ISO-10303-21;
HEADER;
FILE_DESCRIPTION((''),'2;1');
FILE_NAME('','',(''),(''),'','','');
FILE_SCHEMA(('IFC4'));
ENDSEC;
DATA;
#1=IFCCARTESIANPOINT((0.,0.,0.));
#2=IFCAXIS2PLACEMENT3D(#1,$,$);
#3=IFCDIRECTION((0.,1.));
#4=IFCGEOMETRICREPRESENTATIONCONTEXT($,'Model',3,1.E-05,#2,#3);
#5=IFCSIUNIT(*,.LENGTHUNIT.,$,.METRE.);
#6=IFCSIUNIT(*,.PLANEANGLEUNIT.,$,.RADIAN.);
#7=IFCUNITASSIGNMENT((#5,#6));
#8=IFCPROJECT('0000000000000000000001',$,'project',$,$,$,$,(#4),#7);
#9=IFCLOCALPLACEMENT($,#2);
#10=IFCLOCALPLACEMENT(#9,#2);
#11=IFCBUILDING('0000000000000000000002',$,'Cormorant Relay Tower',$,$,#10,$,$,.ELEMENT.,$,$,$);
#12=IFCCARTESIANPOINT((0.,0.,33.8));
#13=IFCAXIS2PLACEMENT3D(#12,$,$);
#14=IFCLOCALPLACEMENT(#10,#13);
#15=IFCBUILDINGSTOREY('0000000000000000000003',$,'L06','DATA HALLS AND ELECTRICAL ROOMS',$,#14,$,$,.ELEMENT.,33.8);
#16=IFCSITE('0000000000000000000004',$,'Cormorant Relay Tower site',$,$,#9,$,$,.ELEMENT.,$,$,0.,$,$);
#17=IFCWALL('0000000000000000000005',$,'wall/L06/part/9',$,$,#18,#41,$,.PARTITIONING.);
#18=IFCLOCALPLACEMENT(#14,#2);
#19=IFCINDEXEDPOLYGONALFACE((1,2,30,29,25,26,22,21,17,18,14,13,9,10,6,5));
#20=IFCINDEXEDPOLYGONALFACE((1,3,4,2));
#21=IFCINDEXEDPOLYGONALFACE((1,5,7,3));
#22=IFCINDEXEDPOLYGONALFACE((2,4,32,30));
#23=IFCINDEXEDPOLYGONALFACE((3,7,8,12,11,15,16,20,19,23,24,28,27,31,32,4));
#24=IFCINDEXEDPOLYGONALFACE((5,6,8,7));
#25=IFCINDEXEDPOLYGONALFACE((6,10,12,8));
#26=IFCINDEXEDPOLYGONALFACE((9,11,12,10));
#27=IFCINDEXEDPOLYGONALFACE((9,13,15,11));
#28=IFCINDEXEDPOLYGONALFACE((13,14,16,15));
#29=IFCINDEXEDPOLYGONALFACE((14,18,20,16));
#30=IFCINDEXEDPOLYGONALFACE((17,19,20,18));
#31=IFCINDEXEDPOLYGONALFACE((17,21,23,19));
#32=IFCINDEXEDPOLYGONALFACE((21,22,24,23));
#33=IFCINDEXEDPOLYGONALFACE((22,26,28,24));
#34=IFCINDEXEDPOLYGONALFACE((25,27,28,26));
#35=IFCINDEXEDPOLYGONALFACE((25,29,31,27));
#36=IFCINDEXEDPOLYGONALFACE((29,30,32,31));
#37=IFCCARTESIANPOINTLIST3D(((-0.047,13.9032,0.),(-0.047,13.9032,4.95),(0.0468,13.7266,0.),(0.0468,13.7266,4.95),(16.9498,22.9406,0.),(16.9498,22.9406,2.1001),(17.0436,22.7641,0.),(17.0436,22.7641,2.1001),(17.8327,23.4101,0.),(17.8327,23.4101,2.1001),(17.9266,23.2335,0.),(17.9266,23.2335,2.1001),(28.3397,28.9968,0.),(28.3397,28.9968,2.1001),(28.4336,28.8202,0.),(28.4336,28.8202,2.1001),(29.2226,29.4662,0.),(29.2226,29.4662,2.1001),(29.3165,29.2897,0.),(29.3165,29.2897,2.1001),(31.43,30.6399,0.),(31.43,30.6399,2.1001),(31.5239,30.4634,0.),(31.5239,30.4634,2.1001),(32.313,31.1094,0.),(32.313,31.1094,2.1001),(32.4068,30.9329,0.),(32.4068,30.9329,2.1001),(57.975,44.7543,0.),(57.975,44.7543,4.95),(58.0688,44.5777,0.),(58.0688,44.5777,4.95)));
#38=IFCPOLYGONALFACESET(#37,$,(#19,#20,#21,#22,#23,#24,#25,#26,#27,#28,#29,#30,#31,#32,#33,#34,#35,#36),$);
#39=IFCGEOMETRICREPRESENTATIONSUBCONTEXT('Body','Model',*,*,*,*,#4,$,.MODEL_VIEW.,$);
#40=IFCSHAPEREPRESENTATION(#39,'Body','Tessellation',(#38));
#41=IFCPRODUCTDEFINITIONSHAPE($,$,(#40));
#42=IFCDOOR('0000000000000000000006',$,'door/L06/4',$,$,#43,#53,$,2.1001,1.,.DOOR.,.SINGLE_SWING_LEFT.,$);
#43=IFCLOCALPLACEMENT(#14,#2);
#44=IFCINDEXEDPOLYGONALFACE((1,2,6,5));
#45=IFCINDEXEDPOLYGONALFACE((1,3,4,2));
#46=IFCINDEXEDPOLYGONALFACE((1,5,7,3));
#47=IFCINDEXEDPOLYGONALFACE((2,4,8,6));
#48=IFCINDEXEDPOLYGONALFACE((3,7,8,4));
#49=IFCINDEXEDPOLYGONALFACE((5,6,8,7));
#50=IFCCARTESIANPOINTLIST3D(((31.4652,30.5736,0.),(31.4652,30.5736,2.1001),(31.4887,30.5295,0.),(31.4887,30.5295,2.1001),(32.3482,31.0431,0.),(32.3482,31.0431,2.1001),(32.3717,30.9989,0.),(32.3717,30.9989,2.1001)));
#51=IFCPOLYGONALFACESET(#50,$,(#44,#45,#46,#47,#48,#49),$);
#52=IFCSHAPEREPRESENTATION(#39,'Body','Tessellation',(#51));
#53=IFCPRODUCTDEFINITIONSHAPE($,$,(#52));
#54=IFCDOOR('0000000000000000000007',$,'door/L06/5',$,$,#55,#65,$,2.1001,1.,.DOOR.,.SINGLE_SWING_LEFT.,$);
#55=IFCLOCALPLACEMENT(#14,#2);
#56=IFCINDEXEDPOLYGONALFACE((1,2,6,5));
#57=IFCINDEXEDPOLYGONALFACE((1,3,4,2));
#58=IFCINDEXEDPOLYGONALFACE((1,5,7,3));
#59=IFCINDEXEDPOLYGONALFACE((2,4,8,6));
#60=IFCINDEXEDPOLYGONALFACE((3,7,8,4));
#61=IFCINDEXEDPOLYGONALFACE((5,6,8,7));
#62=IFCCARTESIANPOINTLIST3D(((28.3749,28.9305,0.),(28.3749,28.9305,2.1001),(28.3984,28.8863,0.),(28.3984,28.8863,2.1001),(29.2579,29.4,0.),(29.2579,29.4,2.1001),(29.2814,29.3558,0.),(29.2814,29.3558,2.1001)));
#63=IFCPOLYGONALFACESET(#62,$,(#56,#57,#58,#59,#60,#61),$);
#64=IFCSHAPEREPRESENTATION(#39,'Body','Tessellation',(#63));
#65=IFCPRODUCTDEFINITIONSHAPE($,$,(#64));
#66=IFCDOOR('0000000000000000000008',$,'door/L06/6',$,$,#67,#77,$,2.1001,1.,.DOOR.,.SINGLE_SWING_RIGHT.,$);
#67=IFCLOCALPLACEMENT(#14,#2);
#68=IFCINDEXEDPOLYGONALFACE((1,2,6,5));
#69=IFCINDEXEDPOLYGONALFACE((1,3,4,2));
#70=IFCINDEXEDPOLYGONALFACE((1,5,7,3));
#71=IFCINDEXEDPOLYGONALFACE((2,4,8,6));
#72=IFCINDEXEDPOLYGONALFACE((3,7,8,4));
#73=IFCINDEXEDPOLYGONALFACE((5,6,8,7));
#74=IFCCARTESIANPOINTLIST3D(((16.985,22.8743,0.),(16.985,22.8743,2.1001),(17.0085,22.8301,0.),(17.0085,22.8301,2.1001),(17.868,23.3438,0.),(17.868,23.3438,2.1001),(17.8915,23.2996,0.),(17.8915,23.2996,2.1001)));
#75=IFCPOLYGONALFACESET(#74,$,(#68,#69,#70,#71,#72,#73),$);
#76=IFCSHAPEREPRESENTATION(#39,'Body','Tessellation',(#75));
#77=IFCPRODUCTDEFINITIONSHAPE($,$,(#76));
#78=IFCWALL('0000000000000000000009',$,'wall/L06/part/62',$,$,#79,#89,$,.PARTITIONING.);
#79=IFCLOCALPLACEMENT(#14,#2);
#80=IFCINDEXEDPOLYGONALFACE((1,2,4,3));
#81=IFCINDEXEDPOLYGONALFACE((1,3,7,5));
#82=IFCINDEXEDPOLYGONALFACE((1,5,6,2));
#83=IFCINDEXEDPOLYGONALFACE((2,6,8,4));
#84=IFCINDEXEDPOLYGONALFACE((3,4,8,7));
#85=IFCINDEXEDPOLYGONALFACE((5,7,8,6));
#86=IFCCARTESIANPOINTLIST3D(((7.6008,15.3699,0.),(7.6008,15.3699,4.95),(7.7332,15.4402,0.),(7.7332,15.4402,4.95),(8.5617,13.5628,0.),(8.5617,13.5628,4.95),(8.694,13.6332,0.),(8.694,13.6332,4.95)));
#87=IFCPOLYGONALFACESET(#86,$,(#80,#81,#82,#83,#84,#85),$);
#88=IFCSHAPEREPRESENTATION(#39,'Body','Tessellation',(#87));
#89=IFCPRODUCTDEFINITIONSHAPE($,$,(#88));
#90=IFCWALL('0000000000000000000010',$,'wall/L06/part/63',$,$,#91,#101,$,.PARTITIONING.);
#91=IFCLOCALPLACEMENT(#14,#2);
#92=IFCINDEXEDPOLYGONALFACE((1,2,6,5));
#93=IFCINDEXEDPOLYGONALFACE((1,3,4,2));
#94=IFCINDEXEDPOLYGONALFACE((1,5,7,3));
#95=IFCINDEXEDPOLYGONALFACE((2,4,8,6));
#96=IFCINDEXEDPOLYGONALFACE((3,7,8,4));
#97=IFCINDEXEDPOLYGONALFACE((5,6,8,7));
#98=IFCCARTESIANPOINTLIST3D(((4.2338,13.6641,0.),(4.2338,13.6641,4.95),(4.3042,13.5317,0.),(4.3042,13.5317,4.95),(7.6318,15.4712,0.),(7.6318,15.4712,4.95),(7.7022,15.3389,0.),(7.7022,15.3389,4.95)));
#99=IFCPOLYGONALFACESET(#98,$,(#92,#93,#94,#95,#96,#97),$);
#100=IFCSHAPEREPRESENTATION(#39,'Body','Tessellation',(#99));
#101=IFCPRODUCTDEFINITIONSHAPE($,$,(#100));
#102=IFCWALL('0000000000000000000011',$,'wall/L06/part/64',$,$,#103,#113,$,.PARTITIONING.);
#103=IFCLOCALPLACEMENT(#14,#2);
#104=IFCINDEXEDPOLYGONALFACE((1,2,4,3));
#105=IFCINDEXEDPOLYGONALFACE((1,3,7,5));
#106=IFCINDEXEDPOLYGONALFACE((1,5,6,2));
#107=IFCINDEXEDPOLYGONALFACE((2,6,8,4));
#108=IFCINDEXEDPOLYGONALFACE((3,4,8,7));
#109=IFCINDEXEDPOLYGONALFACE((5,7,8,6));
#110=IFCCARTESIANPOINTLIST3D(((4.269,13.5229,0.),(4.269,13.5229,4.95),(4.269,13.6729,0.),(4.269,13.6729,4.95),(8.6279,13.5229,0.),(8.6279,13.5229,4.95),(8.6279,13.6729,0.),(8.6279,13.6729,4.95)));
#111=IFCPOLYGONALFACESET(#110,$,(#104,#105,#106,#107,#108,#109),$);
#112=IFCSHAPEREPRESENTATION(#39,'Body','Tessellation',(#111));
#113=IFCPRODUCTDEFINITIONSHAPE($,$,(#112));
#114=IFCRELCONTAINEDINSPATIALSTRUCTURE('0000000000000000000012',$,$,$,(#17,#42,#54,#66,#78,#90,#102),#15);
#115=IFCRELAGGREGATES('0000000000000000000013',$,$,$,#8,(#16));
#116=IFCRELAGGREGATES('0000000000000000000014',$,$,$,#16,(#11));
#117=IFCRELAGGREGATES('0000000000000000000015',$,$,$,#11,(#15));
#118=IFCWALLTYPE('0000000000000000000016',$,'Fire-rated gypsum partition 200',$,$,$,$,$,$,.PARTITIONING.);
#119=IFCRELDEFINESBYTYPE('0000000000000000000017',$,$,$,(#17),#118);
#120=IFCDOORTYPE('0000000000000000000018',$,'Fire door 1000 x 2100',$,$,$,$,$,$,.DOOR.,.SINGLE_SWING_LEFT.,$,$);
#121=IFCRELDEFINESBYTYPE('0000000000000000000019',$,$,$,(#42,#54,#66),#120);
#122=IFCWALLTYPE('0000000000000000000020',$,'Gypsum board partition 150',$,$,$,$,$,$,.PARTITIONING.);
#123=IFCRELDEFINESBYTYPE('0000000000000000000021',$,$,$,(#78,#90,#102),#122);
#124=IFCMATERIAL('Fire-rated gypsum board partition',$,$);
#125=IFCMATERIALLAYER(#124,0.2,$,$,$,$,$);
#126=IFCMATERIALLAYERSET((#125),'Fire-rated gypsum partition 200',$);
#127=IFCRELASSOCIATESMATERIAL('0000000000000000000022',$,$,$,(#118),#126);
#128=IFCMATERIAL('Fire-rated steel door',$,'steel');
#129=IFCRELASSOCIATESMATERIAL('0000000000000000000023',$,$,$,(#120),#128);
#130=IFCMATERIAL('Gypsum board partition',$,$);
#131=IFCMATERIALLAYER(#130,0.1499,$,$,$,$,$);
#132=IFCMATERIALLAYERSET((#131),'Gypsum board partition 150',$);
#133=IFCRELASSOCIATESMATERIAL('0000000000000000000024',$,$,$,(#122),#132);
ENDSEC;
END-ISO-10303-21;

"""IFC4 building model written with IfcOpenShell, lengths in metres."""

from ifc_helpers import new_model, si_unit, direction, frame, frame_2d, origin, place, context, subcontext, project, spatial, rectangle, extrude, material, layer, layer_set, type_object, element, fill, save


model = new_model("IFC4")

# Units and contexts
model_context = context("Model", 3, precision=1e-05, world=origin(), true_north=direction((0.0, 1.0)))
body_context = subcontext(model_context, "Body", "Model", "MODEL_VIEW")
ifc_project = project(units=[si_unit("LENGTHUNIT", "METRE"), si_unit("PLANEANGLEUNIT", "RADIAN")], contexts=[model_context])

# Site, building, storey
site_placement = place(None, origin())
site = spatial("IfcSite", under=ifc_project, at=site_placement, Name="Cormorant Relay Tower site", CompositionType="ELEMENT", RefElevation=0.0)
building_placement = place(site_placement, origin())
building = spatial("IfcBuilding", under=site, at=building_placement, Name="Cormorant Relay Tower", CompositionType="ELEMENT")
storey_placement = place(building_placement, frame((0.0, 0.0, 33.8)))
storey = spatial("IfcBuildingStorey", under=building, at=storey_placement, Name="L06", Description="DATA HALLS AND ELECTRICAL ROOMS", CompositionType="ELEMENT", Elevation=33.8)

# Wall, openings, doors
ifc_material_1 = material(Name="Fire-rated gypsum board partition")
ifc_layer_1 = layer(ifc_material_1, 0.2)
ifc_layer_set_1 = layer_set([ifc_layer_1], Name="Fire-rated gypsum partition 200")
wall_type_1 = type_object("IfcWallType", Name="Fire-rated gypsum partition 200", PredefinedType="PARTITIONING", material=ifc_layer_set_1)
wall_1_placement = place(storey_placement, frame((0.0, 13.8149, 0.0), z_axis=(0.0, 0.0, 1.0), x_axis=(0.882946, 0.469474, 0.0)))
wall_1 = element("IfcWall", 1, at=wall_1_placement, inside=storey, type_object=wall_type_1, Name="wall/L06/part/9", PredefinedType="PARTITIONING", context=body_context, shape_type="SweptSolid", body=[
    extrude(rectangle(XDim=65.7141, YDim=0.2, at=frame_2d((32.8569, 0.0))), origin(), (0.0, 0.0, 1.0), 4.95),
])
opening_1_placement = place(wall_1_placement, frame((35.6499, 0.0, 0.0)))
opening_1 = element("IfcOpeningElement", 2, at=opening_1_placement, cuts=wall_1, PredefinedType="OPENING", context=body_context, shape_type="SweptSolid", body=[
    extrude(rectangle(XDim=1.0, YDim=2.1001, at=frame_2d((0.5, 1.05))), frame((0.0, 0.1099, 0.0), z_axis=(0.0, -1.0, 0.0), x_axis=(1.0, 0.0, 0.0)), (0.0, 0.0, 1.0), 0.22),
])
opening_2_placement = place(wall_1_placement, frame((32.1499, 0.0, 0.0)))
opening_2 = element("IfcOpeningElement", 3, at=opening_2_placement, cuts=wall_1, PredefinedType="OPENING", context=body_context, shape_type="SweptSolid", body=[
    extrude(rectangle(XDim=1.0, YDim=2.1001, at=frame_2d((0.5, 1.05))), frame((0.0, 0.1099, 0.0), z_axis=(0.0, -1.0, 0.0), x_axis=(1.0, 0.0, 0.0)), (0.0, 0.0, 1.0), 0.22),
])
opening_3_placement = place(wall_1_placement, frame((19.25, 0.0, 0.0)))
opening_3 = element("IfcOpeningElement", 4, at=opening_3_placement, cuts=wall_1, PredefinedType="OPENING", context=body_context, shape_type="SweptSolid", body=[
    extrude(rectangle(XDim=1.0, YDim=2.1001, at=frame_2d((0.5, 1.05))), frame((0.0, 0.1099, 0.0), z_axis=(0.0, -1.0, 0.0), x_axis=(1.0, 0.0, 0.0)), (0.0, 0.0, 1.0), 0.22),
])
ifc_material_2 = material(Name="Fire-rated steel door", Category="steel")
door_type_1 = type_object("IfcDoorType", Name="Fire door 1000 x 2100", OperationType="SINGLE_SWING_LEFT", PredefinedType="DOOR", material=ifc_material_2)
door_1_placement = place(opening_1_placement, origin())
door_1 = element("IfcDoor", 5, at=door_1_placement, inside=storey, type_object=door_type_1, Name="door/L06/4", OperationType="SINGLE_SWING_LEFT", OverallHeight=2.1001, OverallWidth=1.0, PredefinedType="DOOR", context=body_context, shape_type="SweptSolid", body=[
    extrude(rectangle(XDim=1.0, YDim=2.1001, at=frame_2d((0.5, 1.05))), frame((0.0, 0.0249, 0.0), z_axis=(0.0, -1.0, 0.0), x_axis=(1.0, 0.0, 0.0)), (0.0, 0.0, 1.0), 0.05),
])
fill(opening_1, door_1)
door_2_placement = place(opening_2_placement, origin())
door_2 = element("IfcDoor", 6, at=door_2_placement, inside=storey, type_object=door_type_1, Name="door/L06/5", OperationType="SINGLE_SWING_LEFT", OverallHeight=2.1001, OverallWidth=1.0, PredefinedType="DOOR", context=body_context, shape_type="SweptSolid", body=[
    extrude(rectangle(XDim=1.0, YDim=2.1001, at=frame_2d((0.5, 1.05))), frame((0.0, 0.0249, 0.0), z_axis=(0.0, -1.0, 0.0), x_axis=(1.0, 0.0, 0.0)), (0.0, 0.0, 1.0), 0.05),
])
fill(opening_2, door_2)
door_3_placement = place(opening_3_placement, origin())
door_3 = element("IfcDoor", 7, at=door_3_placement, inside=storey, type_object=door_type_1, Name="door/L06/6", OperationType="SINGLE_SWING_RIGHT", OverallHeight=2.1001, OverallWidth=1.0, PredefinedType="DOOR", context=body_context, shape_type="SweptSolid", body=[
    extrude(rectangle(XDim=1.0, YDim=2.1001, at=frame_2d((0.5, 1.05))), frame((0.0, 0.0249, 0.0), z_axis=(0.0, -1.0, 0.0), x_axis=(1.0, 0.0, 0.0)), (0.0, 0.0, 1.0), 0.05),
])
fill(opening_3, door_3)

# Walls
ifc_material_3 = material(Name="Gypsum board partition")
ifc_layer_2 = layer(ifc_material_3, 0.1499)
ifc_layer_set_2 = layer_set([ifc_layer_2], Name="Gypsum board partition 150")
wall_type_2 = type_object("IfcWallType", Name="Gypsum board partition 150", PredefinedType="PARTITIONING", material=ifc_layer_set_2)
wall_2_placement = place(storey_placement, frame((8.6279, 13.5979, 0.0), z_axis=(0.0, 0.0, 1.0), x_axis=(-0.469498, 0.882933, 0.0)))
element("IfcWall", 8, at=wall_2_placement, inside=storey, type_object=wall_type_2, Name="wall/L06/part/62", PredefinedType="PARTITIONING", context=body_context, shape_type="SweptSolid", body=[
    extrude(rectangle(XDim=2.0466, YDim=0.1499, at=frame_2d((1.0234, 0.0))), origin(), (0.0, 0.0, 1.0), 4.95),
])
wall_3_placement = place(storey_placement, frame((7.667, 15.405, 0.0), z_axis=(0.0, 0.0, 1.0), x_axis=(-0.882904, -0.469554, 0.0)))
element("IfcWall", 9, at=wall_3_placement, inside=storey, type_object=wall_type_2, Name="wall/L06/part/63", PredefinedType="PARTITIONING", context=body_context, shape_type="SweptSolid", body=[
    extrude(rectangle(XDim=3.8486, YDim=0.1499, at=frame_2d((1.9243, 0.0))), origin(), (0.0, 0.0, 1.0), 4.95),
])
wall_4_placement = place(storey_placement, frame((4.269, 13.5979, 0.0), z_axis=(0.0, 0.0, 1.0), x_axis=(1.0, 0.0, 0.0)))
element("IfcWall", 10, at=wall_4_placement, inside=storey, type_object=wall_type_2, Name="wall/L06/part/64", PredefinedType="PARTITIONING", context=body_context, shape_type="SweptSolid", body=[
    extrude(rectangle(XDim=4.3589, YDim=0.1499, at=frame_2d((2.1794, 0.0))), origin(), (0.0, 0.0, 1.0), 4.95),
])

save(model, "model.ifc")
